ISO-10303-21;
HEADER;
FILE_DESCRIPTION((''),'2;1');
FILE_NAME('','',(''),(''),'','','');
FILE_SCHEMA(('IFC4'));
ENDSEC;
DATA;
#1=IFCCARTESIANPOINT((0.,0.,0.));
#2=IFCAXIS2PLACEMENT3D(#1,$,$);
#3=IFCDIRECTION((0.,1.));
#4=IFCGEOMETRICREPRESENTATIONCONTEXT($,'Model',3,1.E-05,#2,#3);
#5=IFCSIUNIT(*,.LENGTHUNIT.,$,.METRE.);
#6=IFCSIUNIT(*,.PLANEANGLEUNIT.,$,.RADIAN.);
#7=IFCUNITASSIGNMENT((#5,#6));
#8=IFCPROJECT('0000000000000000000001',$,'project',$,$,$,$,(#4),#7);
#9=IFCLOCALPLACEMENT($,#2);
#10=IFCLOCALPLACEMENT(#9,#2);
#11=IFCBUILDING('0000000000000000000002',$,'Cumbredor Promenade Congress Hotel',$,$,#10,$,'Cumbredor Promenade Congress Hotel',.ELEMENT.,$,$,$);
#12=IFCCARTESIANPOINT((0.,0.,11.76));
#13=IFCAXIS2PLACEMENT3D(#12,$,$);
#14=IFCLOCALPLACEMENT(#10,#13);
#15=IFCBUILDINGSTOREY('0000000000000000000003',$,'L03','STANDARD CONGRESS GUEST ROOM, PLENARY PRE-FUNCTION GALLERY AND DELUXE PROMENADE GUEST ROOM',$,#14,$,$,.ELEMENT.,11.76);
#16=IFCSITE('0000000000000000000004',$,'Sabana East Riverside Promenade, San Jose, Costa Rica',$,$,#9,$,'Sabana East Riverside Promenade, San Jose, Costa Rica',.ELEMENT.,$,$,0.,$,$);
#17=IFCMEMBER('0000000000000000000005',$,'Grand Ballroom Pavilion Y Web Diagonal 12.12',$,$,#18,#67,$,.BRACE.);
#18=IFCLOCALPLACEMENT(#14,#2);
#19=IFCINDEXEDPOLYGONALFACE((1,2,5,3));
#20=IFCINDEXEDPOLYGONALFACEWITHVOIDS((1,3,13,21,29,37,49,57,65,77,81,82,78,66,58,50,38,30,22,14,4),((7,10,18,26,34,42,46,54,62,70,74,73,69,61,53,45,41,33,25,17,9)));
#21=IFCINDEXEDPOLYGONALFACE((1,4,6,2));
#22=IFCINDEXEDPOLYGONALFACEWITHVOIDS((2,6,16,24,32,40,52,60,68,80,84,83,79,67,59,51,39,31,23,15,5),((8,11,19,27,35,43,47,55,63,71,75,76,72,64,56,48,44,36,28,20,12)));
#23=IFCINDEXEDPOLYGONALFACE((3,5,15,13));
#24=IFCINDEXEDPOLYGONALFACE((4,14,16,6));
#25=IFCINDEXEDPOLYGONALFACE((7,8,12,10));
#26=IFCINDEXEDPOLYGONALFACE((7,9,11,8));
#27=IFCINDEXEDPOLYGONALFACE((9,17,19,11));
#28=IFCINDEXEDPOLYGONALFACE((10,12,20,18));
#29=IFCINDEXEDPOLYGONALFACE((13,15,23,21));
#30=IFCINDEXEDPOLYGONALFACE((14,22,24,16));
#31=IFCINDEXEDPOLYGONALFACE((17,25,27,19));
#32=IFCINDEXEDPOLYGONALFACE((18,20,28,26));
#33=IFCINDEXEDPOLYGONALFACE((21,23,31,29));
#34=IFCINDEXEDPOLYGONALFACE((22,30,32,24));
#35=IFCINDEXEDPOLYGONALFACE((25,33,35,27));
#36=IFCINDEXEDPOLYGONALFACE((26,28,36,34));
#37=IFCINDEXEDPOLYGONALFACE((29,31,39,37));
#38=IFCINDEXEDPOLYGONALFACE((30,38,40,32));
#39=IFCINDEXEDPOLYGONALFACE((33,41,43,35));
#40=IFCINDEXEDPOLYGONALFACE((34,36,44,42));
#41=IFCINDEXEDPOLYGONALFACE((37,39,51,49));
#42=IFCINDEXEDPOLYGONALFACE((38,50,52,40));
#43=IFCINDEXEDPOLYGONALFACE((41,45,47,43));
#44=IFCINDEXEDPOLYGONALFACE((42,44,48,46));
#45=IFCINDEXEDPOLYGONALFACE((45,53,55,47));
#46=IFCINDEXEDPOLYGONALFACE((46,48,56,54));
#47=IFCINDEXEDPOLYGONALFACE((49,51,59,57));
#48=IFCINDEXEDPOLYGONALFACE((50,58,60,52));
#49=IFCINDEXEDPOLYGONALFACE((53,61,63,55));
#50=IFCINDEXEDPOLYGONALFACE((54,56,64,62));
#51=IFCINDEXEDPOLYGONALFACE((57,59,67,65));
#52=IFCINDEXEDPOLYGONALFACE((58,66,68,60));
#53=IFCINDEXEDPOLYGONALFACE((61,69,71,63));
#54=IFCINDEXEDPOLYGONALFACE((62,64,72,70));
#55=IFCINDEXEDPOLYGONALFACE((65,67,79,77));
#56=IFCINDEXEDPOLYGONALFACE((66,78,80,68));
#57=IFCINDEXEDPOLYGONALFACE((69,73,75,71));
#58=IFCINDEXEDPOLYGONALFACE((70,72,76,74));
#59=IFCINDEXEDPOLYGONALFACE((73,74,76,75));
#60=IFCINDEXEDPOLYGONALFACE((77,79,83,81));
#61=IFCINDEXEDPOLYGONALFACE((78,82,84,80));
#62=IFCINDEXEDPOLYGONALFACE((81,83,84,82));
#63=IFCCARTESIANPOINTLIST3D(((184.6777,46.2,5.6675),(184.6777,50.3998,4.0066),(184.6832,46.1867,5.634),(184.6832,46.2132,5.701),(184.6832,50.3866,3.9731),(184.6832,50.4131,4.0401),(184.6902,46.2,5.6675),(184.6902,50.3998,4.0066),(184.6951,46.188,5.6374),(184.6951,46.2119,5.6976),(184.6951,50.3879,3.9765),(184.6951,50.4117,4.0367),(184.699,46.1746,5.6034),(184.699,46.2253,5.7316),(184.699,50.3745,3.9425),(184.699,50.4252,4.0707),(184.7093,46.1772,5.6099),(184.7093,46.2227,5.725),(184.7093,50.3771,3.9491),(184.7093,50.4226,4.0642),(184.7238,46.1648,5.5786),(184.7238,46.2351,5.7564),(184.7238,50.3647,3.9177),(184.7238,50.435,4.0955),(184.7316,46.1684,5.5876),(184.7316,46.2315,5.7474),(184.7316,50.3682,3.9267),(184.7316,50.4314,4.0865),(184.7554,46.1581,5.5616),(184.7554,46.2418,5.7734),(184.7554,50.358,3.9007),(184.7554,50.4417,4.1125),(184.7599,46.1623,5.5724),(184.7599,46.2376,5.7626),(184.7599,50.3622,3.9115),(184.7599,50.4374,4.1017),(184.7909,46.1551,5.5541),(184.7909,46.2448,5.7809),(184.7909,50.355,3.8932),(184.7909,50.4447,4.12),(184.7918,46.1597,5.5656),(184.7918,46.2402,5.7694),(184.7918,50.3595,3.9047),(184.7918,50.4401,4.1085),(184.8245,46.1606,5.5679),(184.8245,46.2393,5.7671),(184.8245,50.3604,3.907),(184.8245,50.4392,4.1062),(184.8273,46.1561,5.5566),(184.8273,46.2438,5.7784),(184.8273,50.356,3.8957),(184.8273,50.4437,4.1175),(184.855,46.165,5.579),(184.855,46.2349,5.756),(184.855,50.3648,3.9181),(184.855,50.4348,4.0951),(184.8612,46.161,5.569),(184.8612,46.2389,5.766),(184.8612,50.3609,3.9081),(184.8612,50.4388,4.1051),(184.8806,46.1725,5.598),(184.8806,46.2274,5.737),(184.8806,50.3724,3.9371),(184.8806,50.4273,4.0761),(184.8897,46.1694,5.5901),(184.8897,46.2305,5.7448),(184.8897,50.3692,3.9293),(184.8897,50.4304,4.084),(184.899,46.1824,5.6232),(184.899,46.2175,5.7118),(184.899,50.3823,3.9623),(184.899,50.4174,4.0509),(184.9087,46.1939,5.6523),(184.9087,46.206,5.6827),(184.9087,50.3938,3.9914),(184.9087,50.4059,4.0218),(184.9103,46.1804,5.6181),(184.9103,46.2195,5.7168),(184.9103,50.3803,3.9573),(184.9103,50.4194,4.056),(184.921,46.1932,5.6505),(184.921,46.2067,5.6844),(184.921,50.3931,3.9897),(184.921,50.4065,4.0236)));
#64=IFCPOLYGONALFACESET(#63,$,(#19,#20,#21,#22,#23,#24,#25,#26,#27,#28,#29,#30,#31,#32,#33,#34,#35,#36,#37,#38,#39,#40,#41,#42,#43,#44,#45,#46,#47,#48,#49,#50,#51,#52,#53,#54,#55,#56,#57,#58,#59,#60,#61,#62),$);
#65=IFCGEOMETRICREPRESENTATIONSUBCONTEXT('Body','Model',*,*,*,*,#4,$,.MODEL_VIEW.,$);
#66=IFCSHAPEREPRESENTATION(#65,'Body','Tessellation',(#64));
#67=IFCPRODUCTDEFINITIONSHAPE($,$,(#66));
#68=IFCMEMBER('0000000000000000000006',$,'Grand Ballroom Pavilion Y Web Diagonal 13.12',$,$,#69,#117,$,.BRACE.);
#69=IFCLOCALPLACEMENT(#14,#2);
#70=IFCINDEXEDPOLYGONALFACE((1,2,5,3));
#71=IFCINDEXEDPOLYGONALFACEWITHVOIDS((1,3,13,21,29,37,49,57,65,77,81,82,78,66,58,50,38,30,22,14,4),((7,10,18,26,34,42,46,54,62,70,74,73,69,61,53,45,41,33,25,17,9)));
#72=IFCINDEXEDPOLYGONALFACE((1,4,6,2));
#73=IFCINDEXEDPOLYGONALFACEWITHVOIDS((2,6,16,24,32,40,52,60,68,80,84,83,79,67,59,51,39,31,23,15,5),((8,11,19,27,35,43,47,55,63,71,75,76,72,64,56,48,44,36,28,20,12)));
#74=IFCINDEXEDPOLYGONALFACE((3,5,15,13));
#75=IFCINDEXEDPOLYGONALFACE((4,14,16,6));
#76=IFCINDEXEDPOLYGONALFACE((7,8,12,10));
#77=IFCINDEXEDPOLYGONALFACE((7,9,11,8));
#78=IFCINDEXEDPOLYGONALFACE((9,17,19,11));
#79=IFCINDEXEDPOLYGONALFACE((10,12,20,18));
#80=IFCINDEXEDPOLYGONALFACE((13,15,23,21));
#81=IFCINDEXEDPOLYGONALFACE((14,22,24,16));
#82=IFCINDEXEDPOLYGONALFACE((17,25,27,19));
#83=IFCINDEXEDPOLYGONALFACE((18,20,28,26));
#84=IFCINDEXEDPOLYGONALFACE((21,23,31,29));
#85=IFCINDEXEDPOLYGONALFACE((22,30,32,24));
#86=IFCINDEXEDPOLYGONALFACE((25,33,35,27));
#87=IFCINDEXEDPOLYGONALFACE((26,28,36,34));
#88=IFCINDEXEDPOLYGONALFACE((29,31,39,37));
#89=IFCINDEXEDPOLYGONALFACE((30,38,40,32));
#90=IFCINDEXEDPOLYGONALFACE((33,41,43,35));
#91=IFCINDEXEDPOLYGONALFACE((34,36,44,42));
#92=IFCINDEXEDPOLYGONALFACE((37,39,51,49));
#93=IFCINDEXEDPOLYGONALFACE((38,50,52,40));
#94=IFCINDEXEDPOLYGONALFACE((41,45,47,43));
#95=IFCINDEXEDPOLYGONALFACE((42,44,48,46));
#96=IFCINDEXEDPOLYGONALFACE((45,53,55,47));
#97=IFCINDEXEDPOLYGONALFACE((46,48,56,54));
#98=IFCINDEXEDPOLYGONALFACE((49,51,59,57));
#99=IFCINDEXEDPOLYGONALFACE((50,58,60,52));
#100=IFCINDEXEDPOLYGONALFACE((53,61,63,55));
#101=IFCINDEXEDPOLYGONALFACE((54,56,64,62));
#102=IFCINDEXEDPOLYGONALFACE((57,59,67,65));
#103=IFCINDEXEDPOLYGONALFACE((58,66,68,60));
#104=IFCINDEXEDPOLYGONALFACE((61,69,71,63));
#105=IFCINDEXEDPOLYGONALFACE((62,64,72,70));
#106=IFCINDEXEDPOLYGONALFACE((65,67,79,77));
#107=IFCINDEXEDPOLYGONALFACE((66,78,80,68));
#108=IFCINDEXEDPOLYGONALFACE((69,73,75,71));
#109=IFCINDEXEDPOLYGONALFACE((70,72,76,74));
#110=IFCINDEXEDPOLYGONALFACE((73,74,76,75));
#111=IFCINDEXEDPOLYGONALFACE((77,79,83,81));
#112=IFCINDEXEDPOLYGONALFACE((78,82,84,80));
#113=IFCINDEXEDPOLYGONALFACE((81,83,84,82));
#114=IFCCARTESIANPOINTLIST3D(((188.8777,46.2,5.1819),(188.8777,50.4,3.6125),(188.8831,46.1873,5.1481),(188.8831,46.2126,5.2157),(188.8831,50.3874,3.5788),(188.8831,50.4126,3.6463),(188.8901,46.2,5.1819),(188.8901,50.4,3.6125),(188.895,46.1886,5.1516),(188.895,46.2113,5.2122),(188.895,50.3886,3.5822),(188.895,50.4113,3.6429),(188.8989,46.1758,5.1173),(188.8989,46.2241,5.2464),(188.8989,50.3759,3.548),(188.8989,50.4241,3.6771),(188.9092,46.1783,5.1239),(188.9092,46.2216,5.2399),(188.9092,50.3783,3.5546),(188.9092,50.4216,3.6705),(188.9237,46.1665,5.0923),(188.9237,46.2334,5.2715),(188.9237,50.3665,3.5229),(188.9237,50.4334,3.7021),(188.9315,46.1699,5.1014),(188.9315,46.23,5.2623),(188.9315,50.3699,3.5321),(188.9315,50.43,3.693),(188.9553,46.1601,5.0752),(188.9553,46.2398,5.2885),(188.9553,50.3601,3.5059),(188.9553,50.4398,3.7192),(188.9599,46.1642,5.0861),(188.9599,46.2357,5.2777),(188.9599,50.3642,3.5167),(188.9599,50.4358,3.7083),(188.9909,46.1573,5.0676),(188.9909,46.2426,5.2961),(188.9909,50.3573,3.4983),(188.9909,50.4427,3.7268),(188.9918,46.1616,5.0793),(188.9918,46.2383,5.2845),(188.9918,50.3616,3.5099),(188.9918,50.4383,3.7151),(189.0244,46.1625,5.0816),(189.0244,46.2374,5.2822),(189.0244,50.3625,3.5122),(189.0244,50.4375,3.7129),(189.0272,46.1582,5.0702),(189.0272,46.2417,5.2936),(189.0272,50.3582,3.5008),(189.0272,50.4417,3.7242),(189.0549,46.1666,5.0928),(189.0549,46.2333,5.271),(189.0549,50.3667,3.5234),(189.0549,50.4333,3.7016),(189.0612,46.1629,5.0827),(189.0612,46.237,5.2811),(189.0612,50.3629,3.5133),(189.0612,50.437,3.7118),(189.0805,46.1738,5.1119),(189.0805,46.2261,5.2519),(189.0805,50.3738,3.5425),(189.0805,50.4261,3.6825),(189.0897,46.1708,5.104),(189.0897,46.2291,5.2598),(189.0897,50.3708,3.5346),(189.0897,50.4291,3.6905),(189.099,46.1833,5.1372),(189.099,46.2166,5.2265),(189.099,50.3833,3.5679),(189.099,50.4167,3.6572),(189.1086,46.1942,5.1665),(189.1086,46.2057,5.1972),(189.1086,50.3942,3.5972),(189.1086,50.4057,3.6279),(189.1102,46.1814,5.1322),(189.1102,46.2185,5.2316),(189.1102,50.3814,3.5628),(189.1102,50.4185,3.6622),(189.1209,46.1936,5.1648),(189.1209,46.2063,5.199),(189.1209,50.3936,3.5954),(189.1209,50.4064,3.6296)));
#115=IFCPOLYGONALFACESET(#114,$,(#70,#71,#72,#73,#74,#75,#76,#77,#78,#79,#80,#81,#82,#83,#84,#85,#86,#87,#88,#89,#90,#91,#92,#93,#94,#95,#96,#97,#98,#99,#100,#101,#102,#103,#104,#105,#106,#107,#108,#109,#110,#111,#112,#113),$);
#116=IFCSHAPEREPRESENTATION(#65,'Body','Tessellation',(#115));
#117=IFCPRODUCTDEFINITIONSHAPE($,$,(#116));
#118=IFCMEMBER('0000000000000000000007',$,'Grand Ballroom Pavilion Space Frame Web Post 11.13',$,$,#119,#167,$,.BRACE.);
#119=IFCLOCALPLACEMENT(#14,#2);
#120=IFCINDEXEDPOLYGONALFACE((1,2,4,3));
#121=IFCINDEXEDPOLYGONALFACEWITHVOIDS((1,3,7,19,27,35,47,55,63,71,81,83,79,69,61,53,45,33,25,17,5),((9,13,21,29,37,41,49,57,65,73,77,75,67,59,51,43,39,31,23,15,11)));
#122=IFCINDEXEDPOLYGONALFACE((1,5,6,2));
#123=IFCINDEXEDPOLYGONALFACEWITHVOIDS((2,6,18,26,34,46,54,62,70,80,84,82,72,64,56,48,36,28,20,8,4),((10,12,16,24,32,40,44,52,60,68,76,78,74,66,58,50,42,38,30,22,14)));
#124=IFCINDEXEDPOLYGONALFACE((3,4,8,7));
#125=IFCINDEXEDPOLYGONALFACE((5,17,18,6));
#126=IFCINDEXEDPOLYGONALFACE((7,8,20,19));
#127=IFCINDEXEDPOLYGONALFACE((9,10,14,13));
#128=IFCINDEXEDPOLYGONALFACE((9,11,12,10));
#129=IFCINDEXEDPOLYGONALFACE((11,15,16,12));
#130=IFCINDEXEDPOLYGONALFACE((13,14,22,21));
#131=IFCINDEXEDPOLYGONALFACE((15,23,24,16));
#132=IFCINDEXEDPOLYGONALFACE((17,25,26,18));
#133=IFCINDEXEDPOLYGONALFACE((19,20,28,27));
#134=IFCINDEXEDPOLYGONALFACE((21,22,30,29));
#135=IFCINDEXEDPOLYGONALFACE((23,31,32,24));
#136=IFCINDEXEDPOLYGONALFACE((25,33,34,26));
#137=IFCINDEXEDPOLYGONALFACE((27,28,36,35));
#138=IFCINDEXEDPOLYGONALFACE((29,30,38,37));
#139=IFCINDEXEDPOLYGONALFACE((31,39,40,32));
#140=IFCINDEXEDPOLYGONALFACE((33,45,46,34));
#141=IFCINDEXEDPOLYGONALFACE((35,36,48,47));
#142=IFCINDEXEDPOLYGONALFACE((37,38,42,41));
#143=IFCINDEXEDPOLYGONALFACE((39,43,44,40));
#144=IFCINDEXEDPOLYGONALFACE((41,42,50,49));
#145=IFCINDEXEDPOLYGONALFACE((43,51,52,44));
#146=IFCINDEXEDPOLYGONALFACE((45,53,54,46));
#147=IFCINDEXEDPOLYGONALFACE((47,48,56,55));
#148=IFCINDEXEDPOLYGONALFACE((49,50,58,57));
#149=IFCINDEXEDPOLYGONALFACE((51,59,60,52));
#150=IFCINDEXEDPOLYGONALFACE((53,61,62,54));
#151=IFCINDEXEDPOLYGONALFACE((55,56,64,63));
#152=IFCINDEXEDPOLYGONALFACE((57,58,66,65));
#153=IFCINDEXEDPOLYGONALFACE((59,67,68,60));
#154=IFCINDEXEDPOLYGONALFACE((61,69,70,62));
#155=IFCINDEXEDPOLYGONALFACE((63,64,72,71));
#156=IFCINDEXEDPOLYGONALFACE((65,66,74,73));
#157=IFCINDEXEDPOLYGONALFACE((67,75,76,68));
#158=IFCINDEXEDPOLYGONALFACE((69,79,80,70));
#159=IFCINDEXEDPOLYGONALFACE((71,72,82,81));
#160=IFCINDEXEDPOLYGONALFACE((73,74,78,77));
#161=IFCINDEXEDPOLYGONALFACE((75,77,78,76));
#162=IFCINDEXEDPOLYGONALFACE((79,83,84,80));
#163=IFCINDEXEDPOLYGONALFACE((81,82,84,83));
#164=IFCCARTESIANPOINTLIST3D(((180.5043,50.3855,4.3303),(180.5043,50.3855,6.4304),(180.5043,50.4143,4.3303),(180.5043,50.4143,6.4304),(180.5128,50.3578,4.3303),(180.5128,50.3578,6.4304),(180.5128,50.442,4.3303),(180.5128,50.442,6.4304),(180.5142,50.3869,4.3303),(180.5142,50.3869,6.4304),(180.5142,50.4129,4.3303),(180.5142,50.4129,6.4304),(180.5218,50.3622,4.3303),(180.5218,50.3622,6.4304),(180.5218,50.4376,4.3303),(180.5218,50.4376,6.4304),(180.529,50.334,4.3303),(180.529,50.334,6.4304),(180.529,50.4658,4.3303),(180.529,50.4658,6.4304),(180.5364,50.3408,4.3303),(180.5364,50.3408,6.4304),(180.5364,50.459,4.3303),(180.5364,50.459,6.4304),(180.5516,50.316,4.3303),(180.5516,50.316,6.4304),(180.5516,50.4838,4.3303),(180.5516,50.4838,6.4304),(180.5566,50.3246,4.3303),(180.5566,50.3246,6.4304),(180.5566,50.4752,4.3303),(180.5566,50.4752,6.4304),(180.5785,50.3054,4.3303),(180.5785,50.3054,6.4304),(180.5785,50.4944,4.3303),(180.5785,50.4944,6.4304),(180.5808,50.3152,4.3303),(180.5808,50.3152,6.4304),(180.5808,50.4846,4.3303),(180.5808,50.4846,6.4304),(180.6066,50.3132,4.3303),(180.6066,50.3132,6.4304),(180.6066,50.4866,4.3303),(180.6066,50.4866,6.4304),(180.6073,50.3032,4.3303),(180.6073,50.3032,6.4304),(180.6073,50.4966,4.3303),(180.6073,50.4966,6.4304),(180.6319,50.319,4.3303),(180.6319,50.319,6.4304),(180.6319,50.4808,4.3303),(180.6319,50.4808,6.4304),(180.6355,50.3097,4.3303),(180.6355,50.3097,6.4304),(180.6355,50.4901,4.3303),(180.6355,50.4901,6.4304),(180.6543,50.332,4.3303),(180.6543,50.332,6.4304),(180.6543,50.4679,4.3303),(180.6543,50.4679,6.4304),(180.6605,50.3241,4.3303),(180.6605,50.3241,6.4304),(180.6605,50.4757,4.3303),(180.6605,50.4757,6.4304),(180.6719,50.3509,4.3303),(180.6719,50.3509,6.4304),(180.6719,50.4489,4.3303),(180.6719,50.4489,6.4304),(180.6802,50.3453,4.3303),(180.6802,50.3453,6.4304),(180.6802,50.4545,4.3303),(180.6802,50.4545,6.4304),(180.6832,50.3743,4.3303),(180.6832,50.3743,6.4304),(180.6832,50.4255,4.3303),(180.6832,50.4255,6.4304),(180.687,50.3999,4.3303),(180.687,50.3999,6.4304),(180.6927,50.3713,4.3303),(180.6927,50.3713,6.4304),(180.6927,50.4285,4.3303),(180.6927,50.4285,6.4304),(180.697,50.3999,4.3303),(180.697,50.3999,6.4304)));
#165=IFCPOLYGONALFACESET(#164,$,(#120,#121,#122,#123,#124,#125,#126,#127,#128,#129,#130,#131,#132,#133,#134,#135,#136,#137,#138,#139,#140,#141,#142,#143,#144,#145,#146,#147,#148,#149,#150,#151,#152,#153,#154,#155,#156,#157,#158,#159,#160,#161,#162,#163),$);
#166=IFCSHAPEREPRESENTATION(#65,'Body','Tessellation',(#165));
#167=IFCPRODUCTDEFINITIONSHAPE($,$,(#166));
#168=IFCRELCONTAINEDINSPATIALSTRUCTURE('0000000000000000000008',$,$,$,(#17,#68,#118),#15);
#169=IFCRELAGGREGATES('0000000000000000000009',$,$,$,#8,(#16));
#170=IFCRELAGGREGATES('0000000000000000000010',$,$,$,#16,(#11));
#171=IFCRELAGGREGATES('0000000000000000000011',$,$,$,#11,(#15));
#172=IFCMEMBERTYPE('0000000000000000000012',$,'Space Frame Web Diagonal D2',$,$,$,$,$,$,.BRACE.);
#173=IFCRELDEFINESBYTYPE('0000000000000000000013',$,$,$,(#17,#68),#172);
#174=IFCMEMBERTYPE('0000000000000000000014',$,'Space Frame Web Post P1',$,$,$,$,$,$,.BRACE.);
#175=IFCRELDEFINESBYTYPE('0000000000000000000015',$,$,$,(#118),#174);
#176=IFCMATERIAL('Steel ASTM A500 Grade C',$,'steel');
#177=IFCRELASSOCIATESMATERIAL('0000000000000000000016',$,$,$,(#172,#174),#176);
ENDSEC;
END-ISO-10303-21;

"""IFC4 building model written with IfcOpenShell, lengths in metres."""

from ifc_helpers import new_model, si_unit, direction, frame, origin, origin_2d, place, context, subcontext, project, spatial, hollow_circle, extrude, material, material_profile, profile_set, type_object, element, save


model = new_model("IFC4")

# Units and contexts
model_context = context("Model", 3, precision=1e-05, world=origin(), true_north=direction((0.0, 1.0)))
body_context = subcontext(model_context, "Body", "Model", "MODEL_VIEW")
ifc_project = project(units=[si_unit("LENGTHUNIT", "METRE"), si_unit("PLANEANGLEUNIT", "RADIAN")], contexts=[model_context])

# Site, building, storey
site_placement = place(None, origin())
site = spatial("IfcSite", under=ifc_project, at=site_placement, Name="Sabana East Riverside Promenade, San Jose, Costa Rica", LongName="Sabana East Riverside Promenade, San Jose, Costa Rica", CompositionType="ELEMENT", RefElevation=0.0)
building_placement = place(site_placement, origin())
building = spatial("IfcBuilding", under=site, at=building_placement, Name="Cumbredor Promenade Congress Hotel", LongName="Cumbredor Promenade Congress Hotel", CompositionType="ELEMENT")
storey_placement = place(building_placement, frame((0.0, 0.0, 11.76)))
storey = spatial("IfcBuildingStorey", under=building, at=storey_placement, Name="L03", Description="STANDARD CONGRESS GUEST ROOM, PLENARY PRE-FUNCTION GALLERY AND DELUXE PROMENADE GUEST ROOM", CompositionType="ELEMENT", Elevation=11.76)

# Shared definitions
ifc_material_1 = material(Name="Steel ASTM A500 Grade C", Category="steel")

# Members
ifc_material_profile_1 = material_profile(ifc_material_1, hollow_circle(Radius=0.1223, WallThickness=0.0125, at=origin_2d()), Name="CHS 244.5x12.5")
ifc_profile_set_1 = profile_set([ifc_material_profile_1], Name="Steel ASTM A500 Grade C")
member_type_1 = type_object("IfcMemberType", Name="Space Frame Web Diagonal D2", PredefinedType="BRACE", material=ifc_profile_set_1)
member_1_placement = place(storey_placement, frame((184.8, 46.2, 5.6675), z_axis=(0.0, 0.929927, -0.367744), x_axis=(-1.0, 0.0, 0.0)))
element("IfcMember", 1, at=member_1_placement, inside=storey, type_object=member_type_1, Name="Grand Ballroom Pavilion Y Web Diagonal 12.12", PredefinedType="BRACE", context=body_context, shape_type="SweptSolid", body=[
    extrude(hollow_circle(Radius=0.1223, WallThickness=0.0125, at=origin_2d()), origin(), (0.0, 0.0, 1.0), 4.5164),
])
member_2_placement = place(storey_placement, frame((189.0, 46.2, 5.1819), z_axis=(0.0, 0.936743, -0.350019), x_axis=(-1.0, 0.0, 0.0)))
element("IfcMember", 2, at=member_2_placement, inside=storey, type_object=member_type_1, Name="Grand Ballroom Pavilion Y Web Diagonal 13.12", PredefinedType="BRACE", context=body_context, shape_type="SweptSolid", body=[
    extrude(hollow_circle(Radius=0.1223, WallThickness=0.0125, at=origin_2d()), origin(), (0.0, 0.0, 1.0), 4.4836),
])
ifc_material_profile_2 = material_profile(ifc_material_1, hollow_circle(Radius=0.0969, WallThickness=0.01, at=origin_2d()), Name="CHS 193.7x10")
ifc_profile_set_2 = profile_set([ifc_material_profile_2], Name="Steel ASTM A500 Grade C")
member_type_2 = type_object("IfcMemberType", Name="Space Frame Web Post P1", PredefinedType="BRACE", material=ifc_profile_set_2)
for number, where, z_axis, x_axis, name in (
    (3, (180.6001, 50.3999, 4.3303), (0.0, 0.0, 1.0), (1.0, 0.0, 0.0), "Grand Ballroom Pavilion Space Frame Web Post 11.13"),
):
    element("IfcMember", number, at=place(storey_placement, frame(where, z_axis=z_axis, x_axis=x_axis)), inside=storey, type_object=member_type_2, Name=name, PredefinedType="BRACE", context=body_context, shape_type="SweptSolid", body=[
        extrude(hollow_circle(Radius=0.0969, WallThickness=0.01, at=origin_2d()), origin(), (0.0, 0.0, 1.0), 2.1001),
    ])

save(model, "model.ifc")
